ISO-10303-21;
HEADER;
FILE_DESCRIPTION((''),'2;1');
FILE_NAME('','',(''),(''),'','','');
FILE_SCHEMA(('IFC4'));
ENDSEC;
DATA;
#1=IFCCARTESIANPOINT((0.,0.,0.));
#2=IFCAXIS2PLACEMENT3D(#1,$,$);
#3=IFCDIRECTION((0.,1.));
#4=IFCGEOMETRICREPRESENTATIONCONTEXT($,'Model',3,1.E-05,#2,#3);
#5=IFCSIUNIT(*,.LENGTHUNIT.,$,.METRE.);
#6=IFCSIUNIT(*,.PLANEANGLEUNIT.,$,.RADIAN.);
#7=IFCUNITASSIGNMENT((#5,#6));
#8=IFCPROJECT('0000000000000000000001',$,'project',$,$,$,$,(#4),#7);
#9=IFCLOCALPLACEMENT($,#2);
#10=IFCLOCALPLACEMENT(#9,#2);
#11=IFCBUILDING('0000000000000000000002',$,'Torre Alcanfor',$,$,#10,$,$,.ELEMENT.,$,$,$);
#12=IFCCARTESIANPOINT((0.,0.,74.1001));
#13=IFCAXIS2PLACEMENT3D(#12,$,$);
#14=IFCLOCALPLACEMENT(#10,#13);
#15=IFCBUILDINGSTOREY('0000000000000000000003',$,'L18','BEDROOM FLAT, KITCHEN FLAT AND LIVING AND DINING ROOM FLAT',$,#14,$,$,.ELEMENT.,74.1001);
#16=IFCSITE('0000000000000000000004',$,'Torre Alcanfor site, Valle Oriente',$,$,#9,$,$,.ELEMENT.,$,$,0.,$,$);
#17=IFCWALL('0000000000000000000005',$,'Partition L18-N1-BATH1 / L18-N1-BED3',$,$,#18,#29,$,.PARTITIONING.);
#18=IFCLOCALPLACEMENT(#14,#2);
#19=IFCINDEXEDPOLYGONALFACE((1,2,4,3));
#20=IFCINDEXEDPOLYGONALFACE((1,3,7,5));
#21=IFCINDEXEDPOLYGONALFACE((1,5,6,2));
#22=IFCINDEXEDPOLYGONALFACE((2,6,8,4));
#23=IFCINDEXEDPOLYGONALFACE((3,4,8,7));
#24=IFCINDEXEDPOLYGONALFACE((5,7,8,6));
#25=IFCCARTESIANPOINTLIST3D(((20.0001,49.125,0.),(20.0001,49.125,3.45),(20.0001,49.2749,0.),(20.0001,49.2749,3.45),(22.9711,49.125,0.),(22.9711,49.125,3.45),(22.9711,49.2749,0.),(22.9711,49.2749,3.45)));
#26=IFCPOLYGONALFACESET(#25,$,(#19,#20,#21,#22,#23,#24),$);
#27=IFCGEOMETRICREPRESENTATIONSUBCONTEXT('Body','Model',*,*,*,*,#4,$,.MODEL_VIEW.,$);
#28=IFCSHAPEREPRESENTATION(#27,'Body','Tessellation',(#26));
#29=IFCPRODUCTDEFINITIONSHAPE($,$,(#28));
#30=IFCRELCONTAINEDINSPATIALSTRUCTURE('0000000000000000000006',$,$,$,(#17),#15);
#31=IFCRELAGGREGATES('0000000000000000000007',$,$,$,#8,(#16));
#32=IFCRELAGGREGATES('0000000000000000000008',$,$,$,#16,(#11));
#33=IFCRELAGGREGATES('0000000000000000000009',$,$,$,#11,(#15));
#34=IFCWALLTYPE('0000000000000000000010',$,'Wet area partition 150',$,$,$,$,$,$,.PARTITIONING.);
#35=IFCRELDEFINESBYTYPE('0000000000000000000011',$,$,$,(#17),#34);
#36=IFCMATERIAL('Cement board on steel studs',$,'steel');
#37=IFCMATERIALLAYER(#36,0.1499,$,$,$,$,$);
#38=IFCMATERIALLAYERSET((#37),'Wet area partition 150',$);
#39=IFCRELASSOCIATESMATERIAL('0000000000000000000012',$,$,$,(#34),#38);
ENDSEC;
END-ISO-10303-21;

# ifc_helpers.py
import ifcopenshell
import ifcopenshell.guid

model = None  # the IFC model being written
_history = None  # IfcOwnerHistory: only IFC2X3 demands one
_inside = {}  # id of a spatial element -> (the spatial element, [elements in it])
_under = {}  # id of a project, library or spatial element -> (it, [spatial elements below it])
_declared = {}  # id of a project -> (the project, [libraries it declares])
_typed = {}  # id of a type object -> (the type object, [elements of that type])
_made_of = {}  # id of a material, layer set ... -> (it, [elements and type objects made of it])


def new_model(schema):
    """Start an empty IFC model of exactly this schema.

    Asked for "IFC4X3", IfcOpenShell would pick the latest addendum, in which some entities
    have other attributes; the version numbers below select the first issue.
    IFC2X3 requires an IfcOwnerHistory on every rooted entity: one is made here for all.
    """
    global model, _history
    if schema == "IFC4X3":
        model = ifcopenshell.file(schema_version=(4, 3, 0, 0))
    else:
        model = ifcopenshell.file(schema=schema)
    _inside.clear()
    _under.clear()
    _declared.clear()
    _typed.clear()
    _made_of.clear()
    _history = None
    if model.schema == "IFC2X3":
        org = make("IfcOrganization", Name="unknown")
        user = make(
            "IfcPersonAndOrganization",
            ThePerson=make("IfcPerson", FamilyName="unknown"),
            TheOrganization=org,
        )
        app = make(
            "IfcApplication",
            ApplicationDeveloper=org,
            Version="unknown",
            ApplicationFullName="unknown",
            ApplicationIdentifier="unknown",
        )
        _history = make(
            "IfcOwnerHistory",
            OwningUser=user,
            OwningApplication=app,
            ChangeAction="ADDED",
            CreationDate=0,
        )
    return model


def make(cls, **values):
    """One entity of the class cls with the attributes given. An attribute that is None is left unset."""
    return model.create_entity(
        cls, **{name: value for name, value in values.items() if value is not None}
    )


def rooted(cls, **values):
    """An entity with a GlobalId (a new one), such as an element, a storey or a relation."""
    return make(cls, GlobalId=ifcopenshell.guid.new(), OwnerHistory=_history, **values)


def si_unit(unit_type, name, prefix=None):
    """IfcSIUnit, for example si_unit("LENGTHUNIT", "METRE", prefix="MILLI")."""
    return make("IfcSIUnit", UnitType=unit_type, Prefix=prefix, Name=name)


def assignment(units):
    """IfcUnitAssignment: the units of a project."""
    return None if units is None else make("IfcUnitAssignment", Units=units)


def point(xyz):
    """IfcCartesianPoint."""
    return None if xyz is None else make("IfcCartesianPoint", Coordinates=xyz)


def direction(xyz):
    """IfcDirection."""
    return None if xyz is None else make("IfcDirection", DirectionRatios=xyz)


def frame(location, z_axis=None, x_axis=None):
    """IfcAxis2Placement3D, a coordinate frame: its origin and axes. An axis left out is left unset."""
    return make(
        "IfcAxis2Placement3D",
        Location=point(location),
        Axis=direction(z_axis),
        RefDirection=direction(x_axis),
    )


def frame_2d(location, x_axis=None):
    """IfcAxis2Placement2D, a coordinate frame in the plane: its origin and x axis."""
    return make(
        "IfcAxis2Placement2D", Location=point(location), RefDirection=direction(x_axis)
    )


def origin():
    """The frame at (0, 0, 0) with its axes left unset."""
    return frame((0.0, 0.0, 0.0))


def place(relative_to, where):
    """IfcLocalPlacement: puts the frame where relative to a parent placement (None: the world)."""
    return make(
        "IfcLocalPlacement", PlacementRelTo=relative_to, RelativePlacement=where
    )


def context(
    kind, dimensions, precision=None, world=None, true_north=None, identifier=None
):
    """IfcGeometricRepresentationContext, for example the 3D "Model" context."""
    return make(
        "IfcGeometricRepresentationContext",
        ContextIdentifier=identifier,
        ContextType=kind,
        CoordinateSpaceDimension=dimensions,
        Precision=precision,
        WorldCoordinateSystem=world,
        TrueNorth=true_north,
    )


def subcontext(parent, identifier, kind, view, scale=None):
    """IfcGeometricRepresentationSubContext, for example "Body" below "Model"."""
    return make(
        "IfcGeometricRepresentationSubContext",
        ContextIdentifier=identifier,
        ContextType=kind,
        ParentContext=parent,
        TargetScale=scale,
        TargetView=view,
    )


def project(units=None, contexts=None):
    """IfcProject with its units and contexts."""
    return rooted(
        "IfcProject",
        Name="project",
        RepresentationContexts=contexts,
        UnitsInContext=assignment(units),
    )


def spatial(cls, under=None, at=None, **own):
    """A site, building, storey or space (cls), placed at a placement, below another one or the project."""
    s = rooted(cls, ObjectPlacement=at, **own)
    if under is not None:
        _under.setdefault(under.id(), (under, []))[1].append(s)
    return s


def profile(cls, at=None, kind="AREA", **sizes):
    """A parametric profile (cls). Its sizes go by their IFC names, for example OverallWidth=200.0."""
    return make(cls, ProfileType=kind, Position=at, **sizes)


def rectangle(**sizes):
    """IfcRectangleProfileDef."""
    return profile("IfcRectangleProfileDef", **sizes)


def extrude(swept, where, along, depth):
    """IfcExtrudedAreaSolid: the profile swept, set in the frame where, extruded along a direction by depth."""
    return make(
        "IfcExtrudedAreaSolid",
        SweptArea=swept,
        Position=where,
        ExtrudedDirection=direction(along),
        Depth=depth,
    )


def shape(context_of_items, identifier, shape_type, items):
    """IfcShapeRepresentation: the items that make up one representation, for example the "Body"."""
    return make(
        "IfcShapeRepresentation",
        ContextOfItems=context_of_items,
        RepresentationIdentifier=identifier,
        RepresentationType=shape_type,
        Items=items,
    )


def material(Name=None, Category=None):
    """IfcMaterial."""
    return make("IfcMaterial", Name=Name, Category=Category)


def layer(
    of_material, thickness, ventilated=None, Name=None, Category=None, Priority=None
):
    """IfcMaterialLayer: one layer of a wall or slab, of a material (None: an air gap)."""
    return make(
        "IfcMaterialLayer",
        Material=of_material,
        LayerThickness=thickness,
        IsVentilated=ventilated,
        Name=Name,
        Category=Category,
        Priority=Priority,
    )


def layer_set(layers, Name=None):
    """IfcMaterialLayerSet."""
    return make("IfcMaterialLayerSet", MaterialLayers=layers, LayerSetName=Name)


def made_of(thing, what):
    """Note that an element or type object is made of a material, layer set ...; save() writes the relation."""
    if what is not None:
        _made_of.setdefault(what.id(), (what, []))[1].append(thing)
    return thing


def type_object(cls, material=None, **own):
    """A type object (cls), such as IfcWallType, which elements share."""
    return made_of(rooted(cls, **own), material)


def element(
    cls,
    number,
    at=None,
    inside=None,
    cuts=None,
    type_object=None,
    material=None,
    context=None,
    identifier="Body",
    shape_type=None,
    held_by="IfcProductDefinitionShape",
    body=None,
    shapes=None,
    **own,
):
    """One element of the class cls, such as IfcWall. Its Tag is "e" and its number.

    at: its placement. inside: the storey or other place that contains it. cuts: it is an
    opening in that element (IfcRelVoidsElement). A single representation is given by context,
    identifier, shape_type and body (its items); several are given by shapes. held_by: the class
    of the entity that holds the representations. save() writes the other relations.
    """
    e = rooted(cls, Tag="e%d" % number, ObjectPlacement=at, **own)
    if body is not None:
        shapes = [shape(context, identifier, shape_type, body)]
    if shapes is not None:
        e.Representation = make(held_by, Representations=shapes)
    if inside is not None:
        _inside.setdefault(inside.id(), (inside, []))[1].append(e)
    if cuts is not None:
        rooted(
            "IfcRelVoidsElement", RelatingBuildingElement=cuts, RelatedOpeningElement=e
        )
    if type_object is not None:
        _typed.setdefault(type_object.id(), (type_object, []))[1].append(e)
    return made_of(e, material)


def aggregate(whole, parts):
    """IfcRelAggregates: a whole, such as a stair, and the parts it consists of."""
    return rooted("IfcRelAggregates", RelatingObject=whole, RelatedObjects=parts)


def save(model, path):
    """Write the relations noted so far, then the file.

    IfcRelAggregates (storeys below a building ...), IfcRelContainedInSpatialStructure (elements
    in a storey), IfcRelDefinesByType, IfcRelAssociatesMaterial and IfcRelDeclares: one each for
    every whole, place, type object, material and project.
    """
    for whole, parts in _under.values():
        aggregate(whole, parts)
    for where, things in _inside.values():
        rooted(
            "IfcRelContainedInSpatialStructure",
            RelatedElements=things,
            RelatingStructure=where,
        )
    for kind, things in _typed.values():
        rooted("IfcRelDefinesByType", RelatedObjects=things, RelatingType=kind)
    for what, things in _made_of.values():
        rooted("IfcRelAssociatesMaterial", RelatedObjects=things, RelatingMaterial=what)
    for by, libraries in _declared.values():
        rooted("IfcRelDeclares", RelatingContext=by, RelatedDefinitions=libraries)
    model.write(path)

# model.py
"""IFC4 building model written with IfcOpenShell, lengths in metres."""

from ifc_helpers import new_model, si_unit, direction, frame, frame_2d, origin, place, context, subcontext, project, spatial, rectangle, extrude, material, layer, layer_set, type_object, element, save


model = new_model("IFC4")

# Units and contexts
model_context = context("Model", 3, precision=1e-05, world=origin(), true_north=direction((0.0, 1.0)))
body_context = subcontext(model_context, "Body", "Model", "MODEL_VIEW")
ifc_project = project(units=[si_unit("LENGTHUNIT", "METRE"), si_unit("PLANEANGLEUNIT", "RADIAN")], contexts=[model_context])

# Site, building, storey
site_placement = place(None, origin())
site = spatial("IfcSite", under=ifc_project, at=site_placement, Name="Torre Alcanfor site, Valle Oriente", CompositionType="ELEMENT", RefElevation=0.0)
building_placement = place(site_placement, origin())
building = spatial("IfcBuilding", under=site, at=building_placement, Name="Torre Alcanfor", CompositionType="ELEMENT")
storey_placement = place(building_placement, frame((0.0, 0.0, 74.1001)))
storey = spatial("IfcBuildingStorey", under=building, at=storey_placement, Name="L18", Description="BEDROOM FLAT, KITCHEN FLAT AND LIVING AND DINING ROOM FLAT", CompositionType="ELEMENT", Elevation=74.1001)

# Shared definitions
ifc_material_1 = material(Name="Cement board on steel studs", Category="steel")
ifc_layer_1 = layer(ifc_material_1, 0.1499)
ifc_layer_set_1 = layer_set([ifc_layer_1], Name="Wet area partition 150")
wall_type_1 = type_object("IfcWallType", Name="Wet area partition 150", PredefinedType="PARTITIONING", material=ifc_layer_set_1)

# Wall
for number, where, z_axis, x_axis, name in (
    (1, (22.9709, 49.2, 0.0), (0.0, 0.0, 1.0), (-1.0, 0.0, 0.0), "Partition L18-N1-BATH1 / L18-N1-BED3"),
):
    element("IfcWall", number, at=place(storey_placement, frame(where, z_axis=z_axis, x_axis=x_axis)), inside=storey, type_object=wall_type_1, Name=name, PredefinedType="PARTITIONING", context=body_context, shape_type="SweptSolid", body=[
        extrude(rectangle(XDim=2.9709, YDim=0.1499, at=frame_2d((1.4854, 0.0))), origin(), (0.0, 0.0, 1.0), 3.45),
    ])

save(model, "model.ifc")
